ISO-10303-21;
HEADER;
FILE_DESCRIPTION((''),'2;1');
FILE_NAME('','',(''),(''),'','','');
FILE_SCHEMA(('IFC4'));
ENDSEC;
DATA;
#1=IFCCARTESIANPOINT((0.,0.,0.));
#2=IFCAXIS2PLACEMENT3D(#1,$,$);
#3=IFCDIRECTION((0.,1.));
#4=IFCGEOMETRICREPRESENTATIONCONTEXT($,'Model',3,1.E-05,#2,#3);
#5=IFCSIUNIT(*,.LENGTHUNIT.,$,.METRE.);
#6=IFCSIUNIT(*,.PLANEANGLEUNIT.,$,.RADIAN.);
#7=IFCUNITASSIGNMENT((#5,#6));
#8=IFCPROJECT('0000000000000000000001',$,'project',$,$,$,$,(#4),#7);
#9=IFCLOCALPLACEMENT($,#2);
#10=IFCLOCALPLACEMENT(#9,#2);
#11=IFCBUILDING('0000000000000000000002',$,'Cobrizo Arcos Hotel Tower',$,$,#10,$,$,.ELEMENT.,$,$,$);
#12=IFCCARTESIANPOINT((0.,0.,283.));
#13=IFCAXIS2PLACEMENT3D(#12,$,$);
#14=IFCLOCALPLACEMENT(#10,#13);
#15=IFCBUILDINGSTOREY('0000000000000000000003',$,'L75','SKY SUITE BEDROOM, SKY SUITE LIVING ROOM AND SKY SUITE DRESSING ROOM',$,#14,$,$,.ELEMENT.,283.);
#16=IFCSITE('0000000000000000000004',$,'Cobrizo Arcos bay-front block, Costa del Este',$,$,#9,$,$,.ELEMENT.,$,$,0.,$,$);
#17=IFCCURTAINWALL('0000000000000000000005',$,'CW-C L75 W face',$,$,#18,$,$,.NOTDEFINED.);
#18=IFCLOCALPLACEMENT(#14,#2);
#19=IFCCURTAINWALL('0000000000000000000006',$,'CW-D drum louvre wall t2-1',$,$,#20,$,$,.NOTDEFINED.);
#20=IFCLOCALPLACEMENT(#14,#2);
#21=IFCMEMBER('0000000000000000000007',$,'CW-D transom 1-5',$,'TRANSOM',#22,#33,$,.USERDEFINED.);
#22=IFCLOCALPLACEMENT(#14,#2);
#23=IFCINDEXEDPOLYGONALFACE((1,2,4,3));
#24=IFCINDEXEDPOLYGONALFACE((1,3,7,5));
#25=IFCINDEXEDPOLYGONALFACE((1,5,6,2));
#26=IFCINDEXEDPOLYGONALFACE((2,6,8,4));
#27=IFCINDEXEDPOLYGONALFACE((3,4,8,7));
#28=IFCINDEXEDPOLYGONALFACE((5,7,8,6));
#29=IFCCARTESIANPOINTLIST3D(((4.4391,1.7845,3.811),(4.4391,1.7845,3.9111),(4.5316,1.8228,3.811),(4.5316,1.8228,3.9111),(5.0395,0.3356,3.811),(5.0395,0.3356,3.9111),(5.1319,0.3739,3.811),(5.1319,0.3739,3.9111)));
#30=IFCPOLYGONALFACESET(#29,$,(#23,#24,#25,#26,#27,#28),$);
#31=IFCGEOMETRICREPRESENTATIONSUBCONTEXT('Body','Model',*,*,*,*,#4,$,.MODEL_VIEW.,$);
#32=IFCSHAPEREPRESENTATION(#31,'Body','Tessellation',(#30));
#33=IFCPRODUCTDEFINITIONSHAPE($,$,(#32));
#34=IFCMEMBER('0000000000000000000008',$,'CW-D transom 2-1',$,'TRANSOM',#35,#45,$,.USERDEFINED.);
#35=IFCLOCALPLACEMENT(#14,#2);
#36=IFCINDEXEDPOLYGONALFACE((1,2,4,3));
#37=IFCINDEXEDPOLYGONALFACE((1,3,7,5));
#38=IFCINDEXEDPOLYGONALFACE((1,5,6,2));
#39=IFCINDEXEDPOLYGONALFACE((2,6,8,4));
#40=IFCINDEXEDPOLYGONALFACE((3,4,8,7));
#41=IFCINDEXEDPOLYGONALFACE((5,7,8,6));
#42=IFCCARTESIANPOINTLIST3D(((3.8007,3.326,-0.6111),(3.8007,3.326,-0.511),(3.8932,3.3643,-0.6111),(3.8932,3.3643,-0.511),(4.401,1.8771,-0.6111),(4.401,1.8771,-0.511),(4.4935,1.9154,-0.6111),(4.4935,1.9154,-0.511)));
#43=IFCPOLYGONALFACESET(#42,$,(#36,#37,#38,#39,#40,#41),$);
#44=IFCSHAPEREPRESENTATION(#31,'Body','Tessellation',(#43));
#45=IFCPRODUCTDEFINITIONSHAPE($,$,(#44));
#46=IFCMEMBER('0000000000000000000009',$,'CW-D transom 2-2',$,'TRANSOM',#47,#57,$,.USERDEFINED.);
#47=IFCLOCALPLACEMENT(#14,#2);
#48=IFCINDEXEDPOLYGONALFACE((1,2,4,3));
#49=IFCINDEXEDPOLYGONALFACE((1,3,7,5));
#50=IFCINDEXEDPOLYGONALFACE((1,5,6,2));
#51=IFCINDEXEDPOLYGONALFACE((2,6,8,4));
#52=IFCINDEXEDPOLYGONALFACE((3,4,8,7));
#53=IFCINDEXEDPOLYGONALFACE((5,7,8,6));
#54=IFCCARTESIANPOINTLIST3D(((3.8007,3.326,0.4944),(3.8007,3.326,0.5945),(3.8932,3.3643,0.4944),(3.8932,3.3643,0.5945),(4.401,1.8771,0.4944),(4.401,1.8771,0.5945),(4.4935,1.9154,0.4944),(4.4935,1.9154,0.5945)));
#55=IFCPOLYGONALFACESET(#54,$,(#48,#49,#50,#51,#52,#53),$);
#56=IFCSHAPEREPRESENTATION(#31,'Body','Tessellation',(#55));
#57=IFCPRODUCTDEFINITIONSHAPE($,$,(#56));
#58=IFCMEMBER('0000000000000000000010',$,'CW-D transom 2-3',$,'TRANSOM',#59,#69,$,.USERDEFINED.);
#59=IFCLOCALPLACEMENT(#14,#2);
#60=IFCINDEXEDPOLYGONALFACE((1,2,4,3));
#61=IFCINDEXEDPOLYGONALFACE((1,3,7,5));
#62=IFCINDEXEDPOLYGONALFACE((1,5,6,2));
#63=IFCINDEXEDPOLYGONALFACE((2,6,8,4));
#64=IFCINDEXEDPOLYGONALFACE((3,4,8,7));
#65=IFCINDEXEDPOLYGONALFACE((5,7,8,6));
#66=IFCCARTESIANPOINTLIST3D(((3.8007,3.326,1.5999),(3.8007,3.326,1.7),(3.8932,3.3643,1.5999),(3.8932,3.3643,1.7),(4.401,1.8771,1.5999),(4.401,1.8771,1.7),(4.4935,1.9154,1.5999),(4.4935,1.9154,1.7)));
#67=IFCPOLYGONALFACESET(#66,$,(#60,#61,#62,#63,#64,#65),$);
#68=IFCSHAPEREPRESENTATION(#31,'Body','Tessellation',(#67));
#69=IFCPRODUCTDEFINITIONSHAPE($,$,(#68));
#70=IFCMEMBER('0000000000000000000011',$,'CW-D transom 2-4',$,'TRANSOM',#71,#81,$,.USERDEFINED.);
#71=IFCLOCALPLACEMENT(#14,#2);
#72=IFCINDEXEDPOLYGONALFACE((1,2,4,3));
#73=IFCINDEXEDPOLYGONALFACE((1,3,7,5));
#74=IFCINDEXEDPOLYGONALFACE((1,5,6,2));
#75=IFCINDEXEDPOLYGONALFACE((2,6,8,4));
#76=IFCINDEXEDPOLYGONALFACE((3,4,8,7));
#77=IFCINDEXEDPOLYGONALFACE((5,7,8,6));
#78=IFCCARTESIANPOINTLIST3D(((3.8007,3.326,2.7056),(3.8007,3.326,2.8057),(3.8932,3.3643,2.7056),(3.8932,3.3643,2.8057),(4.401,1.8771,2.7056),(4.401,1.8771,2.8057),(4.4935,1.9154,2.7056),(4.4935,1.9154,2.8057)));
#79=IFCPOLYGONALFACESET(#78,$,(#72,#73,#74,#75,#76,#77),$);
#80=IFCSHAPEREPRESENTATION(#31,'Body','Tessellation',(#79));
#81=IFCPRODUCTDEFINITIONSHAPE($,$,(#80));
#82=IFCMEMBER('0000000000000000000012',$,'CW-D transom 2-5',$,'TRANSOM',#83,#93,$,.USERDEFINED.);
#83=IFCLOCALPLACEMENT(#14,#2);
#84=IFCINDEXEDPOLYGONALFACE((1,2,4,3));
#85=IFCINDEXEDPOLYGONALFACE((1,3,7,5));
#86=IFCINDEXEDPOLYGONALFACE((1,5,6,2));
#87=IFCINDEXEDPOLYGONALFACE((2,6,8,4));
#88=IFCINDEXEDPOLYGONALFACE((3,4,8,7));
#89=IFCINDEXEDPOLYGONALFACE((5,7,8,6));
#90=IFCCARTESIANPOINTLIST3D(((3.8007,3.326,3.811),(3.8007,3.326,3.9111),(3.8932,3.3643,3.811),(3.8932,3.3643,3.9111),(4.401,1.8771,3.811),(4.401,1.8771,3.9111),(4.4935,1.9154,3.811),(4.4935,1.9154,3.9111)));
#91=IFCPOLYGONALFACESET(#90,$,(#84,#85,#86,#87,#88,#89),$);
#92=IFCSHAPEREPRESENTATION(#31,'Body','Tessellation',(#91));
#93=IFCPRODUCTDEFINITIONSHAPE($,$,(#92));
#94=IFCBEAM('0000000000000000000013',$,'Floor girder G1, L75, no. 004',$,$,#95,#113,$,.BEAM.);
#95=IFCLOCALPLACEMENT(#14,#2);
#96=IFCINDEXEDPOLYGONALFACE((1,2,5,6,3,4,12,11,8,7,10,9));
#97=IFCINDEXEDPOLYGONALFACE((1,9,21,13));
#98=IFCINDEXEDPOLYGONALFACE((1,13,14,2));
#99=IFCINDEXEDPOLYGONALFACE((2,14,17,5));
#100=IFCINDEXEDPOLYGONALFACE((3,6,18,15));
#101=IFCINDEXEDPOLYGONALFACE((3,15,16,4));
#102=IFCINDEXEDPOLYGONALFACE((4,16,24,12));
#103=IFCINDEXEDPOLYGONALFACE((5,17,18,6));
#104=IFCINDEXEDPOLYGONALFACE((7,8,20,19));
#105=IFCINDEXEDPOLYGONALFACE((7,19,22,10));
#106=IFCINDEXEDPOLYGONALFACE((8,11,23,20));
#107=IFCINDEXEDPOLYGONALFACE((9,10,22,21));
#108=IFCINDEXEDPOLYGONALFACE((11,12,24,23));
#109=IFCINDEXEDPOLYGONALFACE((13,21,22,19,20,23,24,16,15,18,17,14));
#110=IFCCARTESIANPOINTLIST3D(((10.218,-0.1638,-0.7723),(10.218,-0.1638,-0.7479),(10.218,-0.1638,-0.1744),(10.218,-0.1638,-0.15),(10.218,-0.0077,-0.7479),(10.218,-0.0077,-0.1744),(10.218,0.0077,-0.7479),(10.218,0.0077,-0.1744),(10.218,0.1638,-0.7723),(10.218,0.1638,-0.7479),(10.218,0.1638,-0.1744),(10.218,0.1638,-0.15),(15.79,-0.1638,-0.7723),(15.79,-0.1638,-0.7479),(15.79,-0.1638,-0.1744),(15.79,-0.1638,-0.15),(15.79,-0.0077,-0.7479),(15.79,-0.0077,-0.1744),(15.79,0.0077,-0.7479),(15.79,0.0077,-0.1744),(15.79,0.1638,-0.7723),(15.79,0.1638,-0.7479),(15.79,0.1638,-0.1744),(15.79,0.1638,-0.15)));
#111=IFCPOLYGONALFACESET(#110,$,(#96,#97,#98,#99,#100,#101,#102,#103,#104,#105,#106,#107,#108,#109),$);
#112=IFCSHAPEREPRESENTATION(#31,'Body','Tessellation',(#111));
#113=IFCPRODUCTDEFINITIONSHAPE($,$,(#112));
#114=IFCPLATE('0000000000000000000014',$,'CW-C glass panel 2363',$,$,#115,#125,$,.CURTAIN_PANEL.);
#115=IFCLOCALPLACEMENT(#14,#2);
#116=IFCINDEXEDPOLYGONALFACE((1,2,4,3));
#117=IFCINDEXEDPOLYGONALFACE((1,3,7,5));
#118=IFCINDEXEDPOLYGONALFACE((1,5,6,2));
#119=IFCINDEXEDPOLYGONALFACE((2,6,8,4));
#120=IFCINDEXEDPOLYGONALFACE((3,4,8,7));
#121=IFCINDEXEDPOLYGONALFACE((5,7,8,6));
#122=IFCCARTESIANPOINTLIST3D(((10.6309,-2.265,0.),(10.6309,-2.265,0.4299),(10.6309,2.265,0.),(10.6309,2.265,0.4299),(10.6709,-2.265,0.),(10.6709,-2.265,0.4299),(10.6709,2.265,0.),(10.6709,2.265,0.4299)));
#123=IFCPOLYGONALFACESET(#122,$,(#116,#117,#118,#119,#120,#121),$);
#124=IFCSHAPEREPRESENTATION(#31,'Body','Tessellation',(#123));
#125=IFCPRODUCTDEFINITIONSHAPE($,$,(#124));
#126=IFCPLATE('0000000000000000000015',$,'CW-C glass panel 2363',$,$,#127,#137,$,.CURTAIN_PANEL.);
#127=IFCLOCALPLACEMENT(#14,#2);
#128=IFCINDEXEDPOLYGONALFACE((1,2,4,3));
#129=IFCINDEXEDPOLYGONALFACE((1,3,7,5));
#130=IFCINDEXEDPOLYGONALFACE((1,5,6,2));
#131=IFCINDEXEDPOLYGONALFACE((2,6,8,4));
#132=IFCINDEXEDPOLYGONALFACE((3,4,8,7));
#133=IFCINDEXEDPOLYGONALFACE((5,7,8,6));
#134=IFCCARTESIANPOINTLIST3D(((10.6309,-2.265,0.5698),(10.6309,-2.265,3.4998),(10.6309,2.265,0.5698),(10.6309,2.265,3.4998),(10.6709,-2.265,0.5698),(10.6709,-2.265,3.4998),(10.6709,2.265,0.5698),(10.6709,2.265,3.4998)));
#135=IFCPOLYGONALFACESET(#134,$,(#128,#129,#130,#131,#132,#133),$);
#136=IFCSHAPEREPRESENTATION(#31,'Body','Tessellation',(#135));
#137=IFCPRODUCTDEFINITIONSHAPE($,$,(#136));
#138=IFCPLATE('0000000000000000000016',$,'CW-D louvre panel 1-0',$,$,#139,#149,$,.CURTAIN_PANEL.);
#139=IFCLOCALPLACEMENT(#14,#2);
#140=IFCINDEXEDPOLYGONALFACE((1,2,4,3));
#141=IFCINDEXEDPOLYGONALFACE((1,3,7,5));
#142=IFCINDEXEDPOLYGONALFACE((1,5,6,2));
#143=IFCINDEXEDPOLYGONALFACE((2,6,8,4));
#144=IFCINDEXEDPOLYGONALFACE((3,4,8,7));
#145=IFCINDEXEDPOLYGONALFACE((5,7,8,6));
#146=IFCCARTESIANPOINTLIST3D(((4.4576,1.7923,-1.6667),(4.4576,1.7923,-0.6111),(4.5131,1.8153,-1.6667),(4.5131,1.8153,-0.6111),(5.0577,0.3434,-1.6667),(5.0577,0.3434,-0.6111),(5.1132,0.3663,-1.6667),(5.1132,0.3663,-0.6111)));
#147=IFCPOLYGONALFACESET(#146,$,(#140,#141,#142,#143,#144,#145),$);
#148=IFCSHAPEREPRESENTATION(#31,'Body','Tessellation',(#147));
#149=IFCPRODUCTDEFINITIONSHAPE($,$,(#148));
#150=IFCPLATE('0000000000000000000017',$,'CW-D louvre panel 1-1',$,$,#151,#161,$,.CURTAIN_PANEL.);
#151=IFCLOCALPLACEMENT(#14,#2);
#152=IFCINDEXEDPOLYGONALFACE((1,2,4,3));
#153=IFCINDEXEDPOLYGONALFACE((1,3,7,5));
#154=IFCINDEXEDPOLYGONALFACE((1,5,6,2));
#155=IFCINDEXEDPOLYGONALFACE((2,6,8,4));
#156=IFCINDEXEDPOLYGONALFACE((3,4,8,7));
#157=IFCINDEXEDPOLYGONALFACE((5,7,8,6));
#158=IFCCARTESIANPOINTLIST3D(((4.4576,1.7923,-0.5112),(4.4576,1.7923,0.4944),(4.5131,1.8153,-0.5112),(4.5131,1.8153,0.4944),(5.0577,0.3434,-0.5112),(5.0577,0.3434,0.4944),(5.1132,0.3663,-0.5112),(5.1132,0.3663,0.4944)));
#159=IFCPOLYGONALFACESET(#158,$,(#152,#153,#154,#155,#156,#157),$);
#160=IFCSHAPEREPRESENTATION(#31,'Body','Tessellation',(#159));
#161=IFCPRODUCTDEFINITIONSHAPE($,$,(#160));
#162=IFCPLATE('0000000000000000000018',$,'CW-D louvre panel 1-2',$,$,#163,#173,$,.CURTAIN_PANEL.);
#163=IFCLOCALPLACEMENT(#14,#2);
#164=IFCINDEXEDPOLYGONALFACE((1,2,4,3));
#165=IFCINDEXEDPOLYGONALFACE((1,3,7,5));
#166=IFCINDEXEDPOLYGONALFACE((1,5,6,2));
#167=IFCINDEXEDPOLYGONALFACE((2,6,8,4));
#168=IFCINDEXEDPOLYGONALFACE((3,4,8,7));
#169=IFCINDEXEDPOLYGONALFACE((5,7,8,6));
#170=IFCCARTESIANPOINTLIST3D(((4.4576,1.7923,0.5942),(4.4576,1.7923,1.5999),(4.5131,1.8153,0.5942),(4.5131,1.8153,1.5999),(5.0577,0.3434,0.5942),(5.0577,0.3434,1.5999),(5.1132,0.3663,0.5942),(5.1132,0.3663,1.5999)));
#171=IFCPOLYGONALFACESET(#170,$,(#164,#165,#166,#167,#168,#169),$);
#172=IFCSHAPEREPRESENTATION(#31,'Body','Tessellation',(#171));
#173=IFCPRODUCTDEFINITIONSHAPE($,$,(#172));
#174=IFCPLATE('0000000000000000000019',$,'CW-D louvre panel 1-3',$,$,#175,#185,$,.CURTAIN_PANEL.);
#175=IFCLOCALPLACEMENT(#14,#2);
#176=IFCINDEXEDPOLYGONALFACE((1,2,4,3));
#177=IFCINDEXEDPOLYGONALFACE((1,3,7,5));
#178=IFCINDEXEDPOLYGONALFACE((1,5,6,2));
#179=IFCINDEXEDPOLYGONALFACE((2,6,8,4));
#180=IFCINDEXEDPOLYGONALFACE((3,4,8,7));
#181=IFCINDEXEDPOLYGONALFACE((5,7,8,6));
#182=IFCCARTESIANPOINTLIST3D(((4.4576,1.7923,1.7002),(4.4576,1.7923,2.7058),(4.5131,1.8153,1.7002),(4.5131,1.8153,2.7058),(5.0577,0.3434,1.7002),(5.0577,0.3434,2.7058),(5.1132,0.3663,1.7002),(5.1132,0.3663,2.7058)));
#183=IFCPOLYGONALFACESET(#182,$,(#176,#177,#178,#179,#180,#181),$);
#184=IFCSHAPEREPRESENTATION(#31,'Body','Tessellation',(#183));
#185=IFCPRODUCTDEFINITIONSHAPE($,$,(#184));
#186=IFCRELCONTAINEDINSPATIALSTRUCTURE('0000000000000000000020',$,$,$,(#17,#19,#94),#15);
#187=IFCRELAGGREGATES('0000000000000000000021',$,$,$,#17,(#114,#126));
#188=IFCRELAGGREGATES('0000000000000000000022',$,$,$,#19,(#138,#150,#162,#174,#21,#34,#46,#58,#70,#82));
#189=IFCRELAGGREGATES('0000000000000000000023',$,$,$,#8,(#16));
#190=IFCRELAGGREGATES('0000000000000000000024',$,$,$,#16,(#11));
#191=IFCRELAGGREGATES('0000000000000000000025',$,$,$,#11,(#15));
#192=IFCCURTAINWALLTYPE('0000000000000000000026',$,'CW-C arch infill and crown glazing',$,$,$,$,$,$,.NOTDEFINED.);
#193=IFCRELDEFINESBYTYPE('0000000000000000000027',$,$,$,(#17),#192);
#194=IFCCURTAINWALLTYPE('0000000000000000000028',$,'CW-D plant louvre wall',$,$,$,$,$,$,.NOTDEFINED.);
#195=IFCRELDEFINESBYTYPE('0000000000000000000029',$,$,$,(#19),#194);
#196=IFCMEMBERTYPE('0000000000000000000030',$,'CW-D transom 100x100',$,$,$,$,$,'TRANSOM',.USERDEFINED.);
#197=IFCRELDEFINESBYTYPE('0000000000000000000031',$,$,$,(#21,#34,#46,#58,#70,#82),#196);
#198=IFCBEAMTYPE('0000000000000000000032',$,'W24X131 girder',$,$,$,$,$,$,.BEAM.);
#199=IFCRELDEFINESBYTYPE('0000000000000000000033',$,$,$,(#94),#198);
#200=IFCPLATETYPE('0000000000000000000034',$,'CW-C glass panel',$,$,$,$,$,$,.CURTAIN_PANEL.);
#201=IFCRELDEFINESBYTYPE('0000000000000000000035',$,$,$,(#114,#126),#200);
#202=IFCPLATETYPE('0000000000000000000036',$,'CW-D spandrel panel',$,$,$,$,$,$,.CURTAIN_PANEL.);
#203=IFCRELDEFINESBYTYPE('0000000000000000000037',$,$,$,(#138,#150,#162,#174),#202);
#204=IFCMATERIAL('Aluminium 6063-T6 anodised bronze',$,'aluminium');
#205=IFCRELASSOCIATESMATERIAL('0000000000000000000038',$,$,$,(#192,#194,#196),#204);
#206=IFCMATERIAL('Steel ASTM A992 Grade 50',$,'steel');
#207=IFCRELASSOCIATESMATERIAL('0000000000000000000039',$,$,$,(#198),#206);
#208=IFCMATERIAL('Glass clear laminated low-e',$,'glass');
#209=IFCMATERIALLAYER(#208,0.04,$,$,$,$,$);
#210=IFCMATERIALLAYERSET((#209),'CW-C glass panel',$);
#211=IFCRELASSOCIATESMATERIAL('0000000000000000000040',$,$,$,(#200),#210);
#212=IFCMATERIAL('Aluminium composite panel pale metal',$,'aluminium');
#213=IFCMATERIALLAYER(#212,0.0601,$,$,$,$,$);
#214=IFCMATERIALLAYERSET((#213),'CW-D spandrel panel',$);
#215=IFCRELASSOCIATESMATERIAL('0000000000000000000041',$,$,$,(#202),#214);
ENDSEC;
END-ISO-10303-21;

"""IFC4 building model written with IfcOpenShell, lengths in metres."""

from ifc_helpers import new_model, si_unit, direction, frame, origin, origin_2d, place, context, subcontext, project, spatial, rectangle, i_section, extrude, material, layer, layer_set, material_profile, profile_set, type_object, element, aggregate, save


model = new_model("IFC4")

# Units and contexts
model_context = context("Model", 3, precision=1e-05, world=origin(), true_north=direction((0.0, 1.0)))
body_context = subcontext(model_context, "Body", "Model", "MODEL_VIEW")
ifc_project = project(units=[si_unit("LENGTHUNIT", "METRE"), si_unit("PLANEANGLEUNIT", "RADIAN")], contexts=[model_context])

# Site, building, storey
site_placement = place(None, origin())
site = spatial("IfcSite", under=ifc_project, at=site_placement, Name="Cobrizo Arcos bay-front block, Costa del Este", CompositionType="ELEMENT", RefElevation=0.0)
building_placement = place(site_placement, origin())
building = spatial("IfcBuilding", under=site, at=building_placement, Name="Cobrizo Arcos Hotel Tower", CompositionType="ELEMENT")
storey_placement = place(building_placement, frame((0.0, 0.0, 283.0)))
storey = spatial("IfcBuildingStorey", under=building, at=storey_placement, Name="L75", Description="SKY SUITE BEDROOM, SKY SUITE LIVING ROOM AND SKY SUITE DRESSING ROOM", CompositionType="ELEMENT", Elevation=283.0)

# Curtain walls, members
ifc_material_1 = material(Name="Aluminium 6063-T6 anodised bronze", Category="aluminium")
curtain_wall_type_1 = type_object("IfcCurtainWallType", Name="CW-C arch infill and crown glazing", PredefinedType="NOTDEFINED", material=ifc_material_1)
curtain_wall_1_placement = place(storey_placement, origin())
curtain_wall_1 = element("IfcCurtainWall", 1, at=curtain_wall_1_placement, inside=storey, type_object=curtain_wall_type_1, Name="CW-C L75 W face", PredefinedType="NOTDEFINED")
curtain_wall_type_2 = type_object("IfcCurtainWallType", Name="CW-D plant louvre wall", PredefinedType="NOTDEFINED", material=ifc_material_1)
curtain_wall_2_placement = place(storey_placement, origin())
curtain_wall_2 = element("IfcCurtainWall", 2, at=curtain_wall_2_placement, inside=storey, type_object=curtain_wall_type_2, Name="CW-D drum louvre wall t2-1", PredefinedType="NOTDEFINED")
ifc_material_profile_1 = material_profile(ifc_material_1, rectangle(XDim=0.1001, YDim=0.1001, at=origin_2d()), Name="CW-D transom 100x100")
ifc_profile_set_1 = profile_set([ifc_material_profile_1], Name="Aluminium 6063-T6 anodised bronze")
member_type_1 = type_object("IfcMemberType", Name="CW-D transom 100x100", ElementType="TRANSOM", PredefinedType="USERDEFINED", material=ifc_profile_set_1)
member_1_placement = place(storey_placement, frame((5.0857, 0.3547, 3.8611), z_axis=(-0.382769, 0.923844, 0.0), x_axis=(-0.923844, -0.382769, 0.0)))
member_1 = element("IfcMember", 3, at=member_1_placement, type_object=member_type_1, Name="CW-D transom 1-5", ObjectType="TRANSOM", PredefinedType="USERDEFINED", context=body_context, shape_type="SweptSolid", body=[
    extrude(rectangle(XDim=0.1001, YDim=0.1001, at=origin_2d()), origin(), (0.0, 0.0, 1.0), 1.5684),
])
member_2_placement = place(storey_placement, frame((4.4473, 1.8962, -0.561), z_axis=(-0.382769, 0.923844, 0.0), x_axis=(-0.923844, -0.382769, 0.0)))
member_2 = element("IfcMember", 4, at=member_2_placement, type_object=member_type_1, Name="CW-D transom 2-1", ObjectType="TRANSOM", PredefinedType="USERDEFINED", context=body_context, shape_type="SweptSolid", body=[
    extrude(rectangle(XDim=0.1001, YDim=0.1001, at=origin_2d()), origin(), (0.0, 0.0, 1.0), 1.5684),
])
member_3_placement = place(storey_placement, frame((4.4473, 1.8962, 0.5444), z_axis=(-0.382769, 0.923844, 0.0), x_axis=(-0.923844, -0.382769, 0.0)))
member_3 = element("IfcMember", 5, at=member_3_placement, type_object=member_type_1, Name="CW-D transom 2-2", ObjectType="TRANSOM", PredefinedType="USERDEFINED", context=body_context, shape_type="SweptSolid", body=[
    extrude(rectangle(XDim=0.1001, YDim=0.1001, at=origin_2d()), origin(), (0.0, 0.0, 1.0), 1.5684),
])
member_4_placement = place(storey_placement, frame((4.4473, 1.8962, 1.6499), z_axis=(-0.382769, 0.923844, 0.0), x_axis=(-0.923844, -0.382769, 0.0)))
member_4 = element("IfcMember", 6, at=member_4_placement, type_object=member_type_1, Name="CW-D transom 2-3", ObjectType="TRANSOM", PredefinedType="USERDEFINED", context=body_context, shape_type="SweptSolid", body=[
    extrude(rectangle(XDim=0.1001, YDim=0.1001, at=origin_2d()), origin(), (0.0, 0.0, 1.0), 1.5684),
])
member_5_placement = place(storey_placement, frame((4.4473, 1.8962, 2.7556), z_axis=(-0.382769, 0.923844, 0.0), x_axis=(-0.923844, -0.382769, 0.0)))
member_5 = element("IfcMember", 7, at=member_5_placement, type_object=member_type_1, Name="CW-D transom 2-4", ObjectType="TRANSOM", PredefinedType="USERDEFINED", context=body_context, shape_type="SweptSolid", body=[
    extrude(rectangle(XDim=0.1001, YDim=0.1001, at=origin_2d()), origin(), (0.0, 0.0, 1.0), 1.5684),
])
member_6_placement = place(storey_placement, frame((4.4473, 1.8962, 3.8611), z_axis=(-0.382769, 0.923844, 0.0), x_axis=(-0.923844, -0.382769, 0.0)))
member_6 = element("IfcMember", 8, at=member_6_placement, type_object=member_type_1, Name="CW-D transom 2-5", ObjectType="TRANSOM", PredefinedType="USERDEFINED", context=body_context, shape_type="SweptSolid", body=[
    extrude(rectangle(XDim=0.1001, YDim=0.1001, at=origin_2d()), origin(), (0.0, 0.0, 1.0), 1.5684),
])

# Beam
ifc_material_2 = material(Name="Steel ASTM A992 Grade 50", Category="steel")
ifc_material_profile_2 = material_profile(ifc_material_2, i_section(OverallWidth=0.3276, OverallDepth=0.6223, WebThickness=0.0154, FlangeThickness=0.0244, at=origin_2d()), Name="W24X131")
ifc_profile_set_2 = profile_set([ifc_material_profile_2], Name="Steel ASTM A992 Grade 50")
beam_type = type_object("IfcBeamType", Name="W24X131 girder", PredefinedType="BEAM", material=ifc_profile_set_2)
beam_placement = place(storey_placement, frame((10.218, 0.0, -0.4612), z_axis=(1.0, 0.0, 0.0), x_axis=(0.0, 1.0, 0.0)))
element("IfcBeam", 9, at=beam_placement, inside=storey, type_object=beam_type, Name="Floor girder G1, L75, no. 004", PredefinedType="BEAM", context=body_context, shape_type="SweptSolid", body=[
    extrude(i_section(OverallWidth=0.3276, OverallDepth=0.6223, WebThickness=0.0154, FlangeThickness=0.0244, at=origin_2d()), origin(), (0.0, 0.0, 1.0), 5.572),
])

# Plates
ifc_material_3 = material(Name="Glass clear laminated low-e", Category="glass")
ifc_layer_1 = layer(ifc_material_3, 0.04)
ifc_layer_set_1 = layer_set([ifc_layer_1], Name="CW-C glass panel")
plate_type_1 = type_object("IfcPlateType", Name="CW-C glass panel", PredefinedType="CURTAIN_PANEL", material=ifc_layer_set_1)
plate_1_placement = place(storey_placement, frame((10.6509, 0.0, 0.0), z_axis=(0.0, 0.0, 1.0), x_axis=(0.0, -1.0, 0.0)))
plate_1 = element("IfcPlate", 10, at=plate_1_placement, type_object=plate_type_1, Name="CW-C glass panel 2363", PredefinedType="CURTAIN_PANEL", context=body_context, shape_type="SweptSolid", body=[
    extrude(rectangle(XDim=4.53, YDim=0.04, at=origin_2d()), origin(), (0.0, 0.0, 1.0), 0.4299),
])
plate_2_placement = place(storey_placement, frame((10.6509, 0.0, 0.5698), z_axis=(0.0, 0.0, 1.0), x_axis=(0.0, -1.0, 0.0)))
plate_2 = element("IfcPlate", 11, at=plate_2_placement, type_object=plate_type_1, Name="CW-C glass panel 2363", PredefinedType="CURTAIN_PANEL", context=body_context, shape_type="SweptSolid", body=[
    extrude(rectangle(XDim=4.53, YDim=0.04, at=origin_2d()), origin(), (0.0, 0.0, 1.0), 2.9299),
])
aggregate(curtain_wall_1, [plate_1, plate_2])
ifc_material_4 = material(Name="Aluminium composite panel pale metal", Category="aluminium")
ifc_layer_2 = layer(ifc_material_4, 0.0601)
ifc_layer_set_2 = layer_set([ifc_layer_2], Name="CW-D spandrel panel")
plate_type_2 = type_object("IfcPlateType", Name="CW-D spandrel panel", PredefinedType="CURTAIN_PANEL", material=ifc_layer_set_2)
plate_3_placement = place(storey_placement, frame((4.7854, 1.0793, -1.6667), z_axis=(0.0, 0.0, 1.0), x_axis=(-0.382683, 0.92388, 0.0)))
plate_3 = element("IfcPlate", 12, at=plate_3_placement, type_object=plate_type_2, Name="CW-D louvre panel 1-0", PredefinedType="CURTAIN_PANEL", context=body_context, shape_type="SweptSolid", body=[
    extrude(rectangle(XDim=1.5684, YDim=0.0601, at=origin_2d()), origin(), (0.0, 0.0, 1.0), 1.0557),
])
plate_4_placement = place(storey_placement, frame((4.7854, 1.0793, -0.5112), z_axis=(0.0, 0.0, 1.0), x_axis=(-0.382683, 0.92388, 0.0)))
plate_4 = element("IfcPlate", 13, at=plate_4_placement, type_object=plate_type_2, Name="CW-D louvre panel 1-1", PredefinedType="CURTAIN_PANEL", context=body_context, shape_type="SweptSolid", body=[
    extrude(rectangle(XDim=1.5684, YDim=0.0601, at=origin_2d()), origin(), (0.0, 0.0, 1.0), 1.0056),
])
plate_5_placement = place(storey_placement, frame((4.7854, 1.0793, 0.5942), z_axis=(0.0, 0.0, 1.0), x_axis=(-0.382683, 0.92388, 0.0)))
plate_5 = element("IfcPlate", 14, at=plate_5_placement, type_object=plate_type_2, Name="CW-D louvre panel 1-2", PredefinedType="CURTAIN_PANEL", context=body_context, shape_type="SweptSolid", body=[
    extrude(rectangle(XDim=1.5684, YDim=0.0601, at=origin_2d()), origin(), (0.0, 0.0, 1.0), 1.0056),
])
plate_6_placement = place(storey_placement, frame((4.7854, 1.0793, 1.7002), z_axis=(0.0, 0.0, 1.0), x_axis=(-0.382683, 0.92388, 0.0)))
plate_6 = element("IfcPlate", 15, at=plate_6_placement, type_object=plate_type_2, Name="CW-D louvre panel 1-3", PredefinedType="CURTAIN_PANEL", context=body_context, shape_type="SweptSolid", body=[
    extrude(rectangle(XDim=1.5684, YDim=0.0601, at=origin_2d()), origin(), (0.0, 0.0, 1.0), 1.0056),
])
aggregate(curtain_wall_2, [plate_3, plate_4, plate_5, plate_6, member_1, member_2, member_3, member_4, member_5, member_6])

save(model, "model.ifc")
